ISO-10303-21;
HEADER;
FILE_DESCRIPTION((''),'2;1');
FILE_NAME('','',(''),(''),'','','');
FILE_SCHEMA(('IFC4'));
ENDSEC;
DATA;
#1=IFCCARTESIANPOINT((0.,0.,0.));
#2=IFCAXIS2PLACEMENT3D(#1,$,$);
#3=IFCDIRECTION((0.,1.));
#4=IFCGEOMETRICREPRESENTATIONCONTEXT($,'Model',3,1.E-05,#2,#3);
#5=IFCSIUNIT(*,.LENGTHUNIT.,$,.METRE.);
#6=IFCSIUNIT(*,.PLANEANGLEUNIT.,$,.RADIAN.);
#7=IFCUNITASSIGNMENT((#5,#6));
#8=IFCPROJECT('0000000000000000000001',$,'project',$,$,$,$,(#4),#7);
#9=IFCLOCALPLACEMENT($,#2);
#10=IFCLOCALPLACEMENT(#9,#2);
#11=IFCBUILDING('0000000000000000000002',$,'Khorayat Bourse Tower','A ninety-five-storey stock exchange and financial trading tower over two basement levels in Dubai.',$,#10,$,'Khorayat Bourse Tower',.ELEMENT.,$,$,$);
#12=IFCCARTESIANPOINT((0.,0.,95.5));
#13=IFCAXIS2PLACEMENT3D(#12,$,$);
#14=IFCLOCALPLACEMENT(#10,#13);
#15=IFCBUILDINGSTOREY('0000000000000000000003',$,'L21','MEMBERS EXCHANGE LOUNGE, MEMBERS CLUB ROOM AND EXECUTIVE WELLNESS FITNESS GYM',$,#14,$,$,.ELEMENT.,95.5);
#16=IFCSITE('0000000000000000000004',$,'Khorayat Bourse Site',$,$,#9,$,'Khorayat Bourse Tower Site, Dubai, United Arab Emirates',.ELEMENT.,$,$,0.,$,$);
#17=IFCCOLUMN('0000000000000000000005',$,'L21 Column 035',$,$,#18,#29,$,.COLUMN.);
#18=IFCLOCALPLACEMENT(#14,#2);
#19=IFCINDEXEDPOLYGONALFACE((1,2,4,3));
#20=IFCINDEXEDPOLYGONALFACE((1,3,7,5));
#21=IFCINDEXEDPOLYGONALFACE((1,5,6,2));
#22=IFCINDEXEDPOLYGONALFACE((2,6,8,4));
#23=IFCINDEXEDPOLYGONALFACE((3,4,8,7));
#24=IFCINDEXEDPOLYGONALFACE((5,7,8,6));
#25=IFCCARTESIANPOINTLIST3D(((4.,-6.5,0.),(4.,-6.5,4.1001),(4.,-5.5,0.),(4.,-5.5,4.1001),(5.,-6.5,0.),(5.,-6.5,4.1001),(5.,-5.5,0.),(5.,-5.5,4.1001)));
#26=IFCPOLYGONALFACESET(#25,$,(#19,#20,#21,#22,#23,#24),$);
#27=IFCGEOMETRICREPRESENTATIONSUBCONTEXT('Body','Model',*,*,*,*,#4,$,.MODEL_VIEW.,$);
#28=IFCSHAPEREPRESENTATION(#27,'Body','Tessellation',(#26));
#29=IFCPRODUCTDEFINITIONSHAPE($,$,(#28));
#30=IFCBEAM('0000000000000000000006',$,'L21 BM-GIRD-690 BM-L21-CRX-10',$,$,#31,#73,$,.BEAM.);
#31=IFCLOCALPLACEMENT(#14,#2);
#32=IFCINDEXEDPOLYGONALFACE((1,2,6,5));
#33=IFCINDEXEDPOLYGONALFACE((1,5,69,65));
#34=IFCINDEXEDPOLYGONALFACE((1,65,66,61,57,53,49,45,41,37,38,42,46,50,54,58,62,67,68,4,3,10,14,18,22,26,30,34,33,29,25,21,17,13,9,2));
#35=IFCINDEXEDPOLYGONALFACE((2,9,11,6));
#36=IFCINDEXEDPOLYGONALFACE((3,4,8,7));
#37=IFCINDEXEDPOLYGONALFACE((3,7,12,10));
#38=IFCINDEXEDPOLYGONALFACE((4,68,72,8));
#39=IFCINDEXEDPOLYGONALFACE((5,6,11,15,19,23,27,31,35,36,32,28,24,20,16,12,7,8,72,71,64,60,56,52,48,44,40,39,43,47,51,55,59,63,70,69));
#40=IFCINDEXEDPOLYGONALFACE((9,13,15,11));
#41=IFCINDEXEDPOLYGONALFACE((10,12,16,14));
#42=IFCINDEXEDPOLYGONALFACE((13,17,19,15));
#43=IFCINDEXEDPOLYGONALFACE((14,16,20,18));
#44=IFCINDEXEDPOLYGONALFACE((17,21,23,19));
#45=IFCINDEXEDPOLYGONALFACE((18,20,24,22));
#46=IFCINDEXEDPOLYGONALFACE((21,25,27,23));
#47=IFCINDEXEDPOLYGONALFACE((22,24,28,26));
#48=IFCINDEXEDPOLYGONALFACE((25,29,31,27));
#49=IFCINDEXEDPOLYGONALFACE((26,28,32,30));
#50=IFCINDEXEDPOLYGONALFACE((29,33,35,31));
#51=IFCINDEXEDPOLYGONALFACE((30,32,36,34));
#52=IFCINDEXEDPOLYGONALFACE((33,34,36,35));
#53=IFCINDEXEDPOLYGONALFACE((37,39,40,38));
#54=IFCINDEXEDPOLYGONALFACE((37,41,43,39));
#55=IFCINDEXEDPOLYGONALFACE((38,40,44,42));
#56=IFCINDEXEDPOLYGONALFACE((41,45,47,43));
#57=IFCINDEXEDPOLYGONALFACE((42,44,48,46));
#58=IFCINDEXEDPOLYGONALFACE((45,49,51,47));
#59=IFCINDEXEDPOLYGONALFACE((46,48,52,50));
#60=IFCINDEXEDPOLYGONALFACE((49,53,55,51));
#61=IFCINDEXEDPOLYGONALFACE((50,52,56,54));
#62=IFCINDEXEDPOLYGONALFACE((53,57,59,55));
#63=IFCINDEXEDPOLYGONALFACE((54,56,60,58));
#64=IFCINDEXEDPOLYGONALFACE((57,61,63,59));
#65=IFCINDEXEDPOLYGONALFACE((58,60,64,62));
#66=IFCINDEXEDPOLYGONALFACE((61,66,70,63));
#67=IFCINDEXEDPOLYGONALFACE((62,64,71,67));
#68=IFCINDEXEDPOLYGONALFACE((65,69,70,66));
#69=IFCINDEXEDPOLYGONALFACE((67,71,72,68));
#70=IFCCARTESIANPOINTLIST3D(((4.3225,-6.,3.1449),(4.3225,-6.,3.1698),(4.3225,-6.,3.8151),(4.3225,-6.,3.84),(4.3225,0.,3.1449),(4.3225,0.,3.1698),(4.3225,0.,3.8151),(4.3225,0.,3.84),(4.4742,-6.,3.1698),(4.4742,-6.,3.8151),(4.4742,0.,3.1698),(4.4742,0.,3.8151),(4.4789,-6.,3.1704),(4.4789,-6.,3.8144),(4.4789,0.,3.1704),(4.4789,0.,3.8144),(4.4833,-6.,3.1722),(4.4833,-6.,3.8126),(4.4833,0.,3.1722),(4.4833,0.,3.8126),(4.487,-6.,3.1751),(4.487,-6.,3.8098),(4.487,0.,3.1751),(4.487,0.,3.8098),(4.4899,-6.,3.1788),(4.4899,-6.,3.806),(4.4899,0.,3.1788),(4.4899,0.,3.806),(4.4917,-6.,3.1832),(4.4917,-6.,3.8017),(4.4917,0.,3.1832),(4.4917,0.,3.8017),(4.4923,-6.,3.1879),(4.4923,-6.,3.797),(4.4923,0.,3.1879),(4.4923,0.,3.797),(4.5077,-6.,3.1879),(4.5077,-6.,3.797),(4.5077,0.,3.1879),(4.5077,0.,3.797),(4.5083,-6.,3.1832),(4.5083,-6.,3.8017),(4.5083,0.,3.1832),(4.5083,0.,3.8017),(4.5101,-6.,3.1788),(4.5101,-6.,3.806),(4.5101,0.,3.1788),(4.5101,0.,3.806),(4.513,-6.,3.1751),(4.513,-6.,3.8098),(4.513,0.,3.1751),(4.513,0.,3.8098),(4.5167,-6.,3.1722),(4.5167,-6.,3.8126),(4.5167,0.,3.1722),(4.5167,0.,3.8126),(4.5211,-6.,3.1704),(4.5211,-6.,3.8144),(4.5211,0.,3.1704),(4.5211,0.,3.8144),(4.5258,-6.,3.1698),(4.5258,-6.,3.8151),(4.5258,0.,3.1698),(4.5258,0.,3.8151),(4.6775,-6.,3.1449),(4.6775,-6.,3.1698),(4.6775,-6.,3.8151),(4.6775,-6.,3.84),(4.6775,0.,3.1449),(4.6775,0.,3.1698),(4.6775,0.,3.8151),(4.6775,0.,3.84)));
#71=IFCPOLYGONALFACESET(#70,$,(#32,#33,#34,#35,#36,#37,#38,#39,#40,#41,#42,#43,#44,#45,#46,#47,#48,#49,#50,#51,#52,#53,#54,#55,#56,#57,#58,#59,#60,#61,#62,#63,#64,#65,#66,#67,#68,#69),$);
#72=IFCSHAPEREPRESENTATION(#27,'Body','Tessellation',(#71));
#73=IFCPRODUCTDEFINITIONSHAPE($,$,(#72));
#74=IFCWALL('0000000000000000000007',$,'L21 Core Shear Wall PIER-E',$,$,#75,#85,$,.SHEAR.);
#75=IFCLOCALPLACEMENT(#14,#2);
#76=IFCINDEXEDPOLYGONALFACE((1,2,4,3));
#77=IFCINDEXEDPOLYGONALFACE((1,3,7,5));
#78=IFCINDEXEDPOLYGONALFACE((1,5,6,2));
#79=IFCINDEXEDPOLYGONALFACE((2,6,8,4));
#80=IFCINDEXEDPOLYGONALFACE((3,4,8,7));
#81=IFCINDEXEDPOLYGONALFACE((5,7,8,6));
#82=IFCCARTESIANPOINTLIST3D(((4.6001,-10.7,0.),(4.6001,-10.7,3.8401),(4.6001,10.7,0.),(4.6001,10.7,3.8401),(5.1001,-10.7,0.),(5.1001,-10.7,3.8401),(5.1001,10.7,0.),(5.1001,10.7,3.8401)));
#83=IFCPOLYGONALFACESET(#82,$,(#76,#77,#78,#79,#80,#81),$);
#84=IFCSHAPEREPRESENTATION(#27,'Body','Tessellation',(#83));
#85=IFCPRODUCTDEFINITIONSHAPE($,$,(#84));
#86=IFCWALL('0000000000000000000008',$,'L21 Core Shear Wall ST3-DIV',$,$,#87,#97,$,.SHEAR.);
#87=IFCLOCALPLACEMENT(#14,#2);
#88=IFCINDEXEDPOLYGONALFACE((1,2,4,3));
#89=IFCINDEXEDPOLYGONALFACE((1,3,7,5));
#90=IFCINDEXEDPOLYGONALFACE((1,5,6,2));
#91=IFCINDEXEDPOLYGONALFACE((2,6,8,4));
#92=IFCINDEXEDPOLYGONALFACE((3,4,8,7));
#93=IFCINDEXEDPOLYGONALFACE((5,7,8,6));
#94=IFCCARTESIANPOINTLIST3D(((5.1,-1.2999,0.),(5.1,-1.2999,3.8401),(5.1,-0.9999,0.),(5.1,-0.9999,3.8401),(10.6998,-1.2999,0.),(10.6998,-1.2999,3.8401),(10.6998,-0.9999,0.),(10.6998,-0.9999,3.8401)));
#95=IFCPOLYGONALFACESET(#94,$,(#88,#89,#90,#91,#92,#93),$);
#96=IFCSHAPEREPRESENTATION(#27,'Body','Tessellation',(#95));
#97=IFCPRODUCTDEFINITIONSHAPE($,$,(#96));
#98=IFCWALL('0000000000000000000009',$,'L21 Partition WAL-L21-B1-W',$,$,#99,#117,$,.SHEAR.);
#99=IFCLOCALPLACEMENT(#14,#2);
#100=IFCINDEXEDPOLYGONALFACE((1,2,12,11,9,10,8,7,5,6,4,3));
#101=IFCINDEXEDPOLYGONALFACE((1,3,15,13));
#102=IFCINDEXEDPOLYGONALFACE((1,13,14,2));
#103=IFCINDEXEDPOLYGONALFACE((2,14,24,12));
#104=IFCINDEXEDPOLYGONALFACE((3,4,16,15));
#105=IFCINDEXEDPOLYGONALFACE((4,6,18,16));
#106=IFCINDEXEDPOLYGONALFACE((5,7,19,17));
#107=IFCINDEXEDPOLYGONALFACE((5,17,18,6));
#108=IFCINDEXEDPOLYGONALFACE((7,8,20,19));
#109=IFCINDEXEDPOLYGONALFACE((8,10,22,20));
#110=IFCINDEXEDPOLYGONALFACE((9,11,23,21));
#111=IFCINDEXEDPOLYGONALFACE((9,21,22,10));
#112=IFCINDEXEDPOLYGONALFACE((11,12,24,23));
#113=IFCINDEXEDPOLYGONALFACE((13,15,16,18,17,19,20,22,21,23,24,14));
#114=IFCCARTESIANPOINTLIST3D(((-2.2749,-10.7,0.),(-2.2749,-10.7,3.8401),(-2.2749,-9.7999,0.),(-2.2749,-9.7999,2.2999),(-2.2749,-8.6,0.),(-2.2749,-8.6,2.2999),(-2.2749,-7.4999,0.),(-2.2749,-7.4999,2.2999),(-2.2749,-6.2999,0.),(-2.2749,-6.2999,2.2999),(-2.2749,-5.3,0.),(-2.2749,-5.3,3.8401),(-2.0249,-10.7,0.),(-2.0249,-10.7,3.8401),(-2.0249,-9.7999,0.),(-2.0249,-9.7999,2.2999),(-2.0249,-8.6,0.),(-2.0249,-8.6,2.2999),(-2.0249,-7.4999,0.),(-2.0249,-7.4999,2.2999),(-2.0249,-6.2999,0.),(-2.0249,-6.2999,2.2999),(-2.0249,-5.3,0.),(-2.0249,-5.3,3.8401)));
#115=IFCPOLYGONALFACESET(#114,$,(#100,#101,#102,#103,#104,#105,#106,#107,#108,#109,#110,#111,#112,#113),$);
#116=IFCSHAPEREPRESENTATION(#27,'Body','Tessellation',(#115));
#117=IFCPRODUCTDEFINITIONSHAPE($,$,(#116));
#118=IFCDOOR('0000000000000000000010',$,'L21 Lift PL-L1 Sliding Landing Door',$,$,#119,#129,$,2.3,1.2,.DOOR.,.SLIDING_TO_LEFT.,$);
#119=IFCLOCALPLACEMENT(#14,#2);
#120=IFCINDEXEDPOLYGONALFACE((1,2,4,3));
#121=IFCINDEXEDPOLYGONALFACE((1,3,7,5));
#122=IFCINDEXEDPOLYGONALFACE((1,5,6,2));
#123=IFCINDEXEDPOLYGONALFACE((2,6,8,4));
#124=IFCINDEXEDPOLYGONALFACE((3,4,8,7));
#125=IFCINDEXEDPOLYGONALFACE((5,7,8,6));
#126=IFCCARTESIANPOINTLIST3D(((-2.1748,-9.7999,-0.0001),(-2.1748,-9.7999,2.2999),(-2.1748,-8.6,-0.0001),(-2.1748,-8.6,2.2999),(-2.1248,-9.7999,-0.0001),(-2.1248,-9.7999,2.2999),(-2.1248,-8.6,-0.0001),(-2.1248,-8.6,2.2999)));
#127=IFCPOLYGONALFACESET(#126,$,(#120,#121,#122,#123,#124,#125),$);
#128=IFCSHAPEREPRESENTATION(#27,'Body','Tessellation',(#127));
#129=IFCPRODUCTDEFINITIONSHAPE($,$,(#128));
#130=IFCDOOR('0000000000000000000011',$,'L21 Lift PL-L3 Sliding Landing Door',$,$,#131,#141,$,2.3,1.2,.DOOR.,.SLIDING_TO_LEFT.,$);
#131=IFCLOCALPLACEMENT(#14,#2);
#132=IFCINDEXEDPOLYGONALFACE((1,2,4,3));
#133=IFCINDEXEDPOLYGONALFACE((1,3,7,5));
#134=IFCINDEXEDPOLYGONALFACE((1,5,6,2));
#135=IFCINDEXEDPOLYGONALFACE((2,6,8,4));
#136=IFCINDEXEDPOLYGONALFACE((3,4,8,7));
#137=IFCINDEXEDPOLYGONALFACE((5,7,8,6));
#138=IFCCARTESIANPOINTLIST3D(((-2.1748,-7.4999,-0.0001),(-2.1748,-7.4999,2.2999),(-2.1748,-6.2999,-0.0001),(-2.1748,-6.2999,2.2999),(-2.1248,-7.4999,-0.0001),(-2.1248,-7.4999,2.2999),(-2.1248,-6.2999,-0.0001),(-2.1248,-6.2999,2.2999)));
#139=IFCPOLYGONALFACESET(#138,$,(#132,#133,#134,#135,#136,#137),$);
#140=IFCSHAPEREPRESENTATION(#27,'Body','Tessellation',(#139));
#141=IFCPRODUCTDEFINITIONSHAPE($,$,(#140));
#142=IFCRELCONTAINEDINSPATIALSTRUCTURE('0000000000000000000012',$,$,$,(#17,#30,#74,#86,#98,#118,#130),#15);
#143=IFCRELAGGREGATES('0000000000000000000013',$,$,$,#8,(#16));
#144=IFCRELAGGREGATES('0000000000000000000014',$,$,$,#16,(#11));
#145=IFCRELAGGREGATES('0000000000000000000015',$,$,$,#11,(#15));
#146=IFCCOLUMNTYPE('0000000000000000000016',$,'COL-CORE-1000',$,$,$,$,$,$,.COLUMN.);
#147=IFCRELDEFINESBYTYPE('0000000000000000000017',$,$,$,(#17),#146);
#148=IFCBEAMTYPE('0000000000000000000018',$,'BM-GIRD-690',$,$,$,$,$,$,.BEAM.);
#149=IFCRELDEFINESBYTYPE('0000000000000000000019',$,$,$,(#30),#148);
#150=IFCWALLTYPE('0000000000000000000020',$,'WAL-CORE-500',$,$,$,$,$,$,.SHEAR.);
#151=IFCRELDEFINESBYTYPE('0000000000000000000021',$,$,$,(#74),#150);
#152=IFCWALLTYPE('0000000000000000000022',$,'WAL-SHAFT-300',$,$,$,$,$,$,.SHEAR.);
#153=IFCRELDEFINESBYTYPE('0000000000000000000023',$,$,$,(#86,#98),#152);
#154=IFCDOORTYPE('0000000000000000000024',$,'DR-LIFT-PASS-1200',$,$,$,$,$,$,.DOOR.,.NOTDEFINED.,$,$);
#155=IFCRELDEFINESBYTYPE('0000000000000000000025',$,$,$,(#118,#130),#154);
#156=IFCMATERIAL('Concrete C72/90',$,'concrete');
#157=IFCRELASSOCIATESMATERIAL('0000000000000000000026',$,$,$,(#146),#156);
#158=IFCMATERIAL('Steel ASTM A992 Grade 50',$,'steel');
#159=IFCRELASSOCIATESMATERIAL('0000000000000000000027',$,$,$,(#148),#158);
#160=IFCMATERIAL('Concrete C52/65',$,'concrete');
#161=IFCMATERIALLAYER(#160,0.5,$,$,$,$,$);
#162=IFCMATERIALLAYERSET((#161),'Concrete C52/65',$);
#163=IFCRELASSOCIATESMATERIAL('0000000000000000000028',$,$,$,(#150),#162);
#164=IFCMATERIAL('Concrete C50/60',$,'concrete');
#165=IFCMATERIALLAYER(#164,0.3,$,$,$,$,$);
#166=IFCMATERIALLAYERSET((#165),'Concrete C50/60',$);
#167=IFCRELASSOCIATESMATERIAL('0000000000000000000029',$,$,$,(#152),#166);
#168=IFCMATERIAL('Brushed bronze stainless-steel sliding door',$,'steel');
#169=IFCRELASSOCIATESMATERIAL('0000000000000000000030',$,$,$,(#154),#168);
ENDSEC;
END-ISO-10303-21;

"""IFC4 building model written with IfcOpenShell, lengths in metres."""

from ifc_helpers import new_model, si_unit, direction, frame, frame_2d, origin, origin_2d, place, context, subcontext, project, spatial, rectangle, i_section, extrude, source, transform, mapped, material, layer, layer_set, material_profile, profile_set, type_object, element, fill, save


model = new_model("IFC4")

# Units and contexts
model_context = context("Model", 3, precision=1e-05, world=origin(), true_north=direction((0.0, 1.0)))
body_context = subcontext(model_context, "Body", "Model", "MODEL_VIEW")
ifc_project = project(units=[si_unit("LENGTHUNIT", "METRE"), si_unit("PLANEANGLEUNIT", "RADIAN")], contexts=[model_context])

# Site, building, storey
site_placement = place(None, origin())
site = spatial("IfcSite", under=ifc_project, at=site_placement, Name="Khorayat Bourse Site", LongName="Khorayat Bourse Tower Site, Dubai, United Arab Emirates", CompositionType="ELEMENT", RefElevation=0.0)
building_placement = place(site_placement, origin())
building = spatial("IfcBuilding", under=site, at=building_placement, Name="Khorayat Bourse Tower", Description="A ninety-five-storey stock exchange and financial trading tower over two basement levels in Dubai.", LongName="Khorayat Bourse Tower", CompositionType="ELEMENT")
storey_placement = place(building_placement, frame((0.0, 0.0, 95.5)))
storey = spatial("IfcBuildingStorey", under=building, at=storey_placement, Name="L21", Description="MEMBERS EXCHANGE LOUNGE, MEMBERS CLUB ROOM AND EXECUTIVE WELLNESS FITNESS GYM", CompositionType="ELEMENT", Elevation=95.5)

# Column
ifc_material_1 = material(Name="Concrete C72/90", Category="concrete")
ifc_material_profile_1 = material_profile(ifc_material_1, rectangle(XDim=1.0, YDim=1.0, at=origin_2d()), Name="RC 1000x1000")
ifc_profile_set_1 = profile_set([ifc_material_profile_1], Name="Concrete C72/90")
column_type = type_object("IfcColumnType", Name="COL-CORE-1000", PredefinedType="COLUMN", material=ifc_profile_set_1)
shared_shape_1 = source(origin(), body_context, "Body", "SweptSolid", [
    extrude(rectangle(XDim=1.0, YDim=1.0, at=origin_2d()), origin(), (0.0, 0.0, 1.0), 4.1001),
])
column_placement = place(storey_placement, frame((4.5, -6.0, 0.0), z_axis=(0.0, 0.0, 1.0), x_axis=(1.0, 0.0, 0.0)))
element("IfcColumn", 1, at=column_placement, inside=storey, type_object=column_type, Name="L21 Column 035", PredefinedType="COLUMN", context=body_context, shape_type="MappedRepresentation", body=[
    mapped(shared_shape_1, transform((0.0, 0.0, 0.0), scale=1.0)),
])

# Beam
ifc_material_2 = material(Name="Steel ASTM A992 Grade 50", Category="steel")
ifc_material_profile_2 = material_profile(ifc_material_2, i_section(OverallWidth=0.355, OverallDepth=0.6951, WebThickness=0.0154, FlangeThickness=0.0249, FilletRadius=0.0181, at=origin_2d()), Name="W690X217")
ifc_profile_set_2 = profile_set([ifc_material_profile_2], Name="Steel ASTM A992 Grade 50")
beam_type = type_object("IfcBeamType", Name="BM-GIRD-690", PredefinedType="BEAM", material=ifc_profile_set_2)
shared_shape_2 = source(origin(), body_context, "Body", "SweptSolid", [
    extrude(i_section(OverallWidth=0.355, OverallDepth=0.6951, WebThickness=0.0154, FlangeThickness=0.0249, FilletRadius=0.0181, at=origin_2d()), origin(), (0.0, 0.0, 1.0), 6.0),
])
beam_placement = place(storey_placement, frame((4.5, -6.0, 3.4924), z_axis=(0.0, 1.0, 0.0), x_axis=(-1.0, 0.0, 0.0)))
element("IfcBeam", 2, at=beam_placement, inside=storey, type_object=beam_type, Name="L21 BM-GIRD-690 BM-L21-CRX-10", PredefinedType="BEAM", context=body_context, shape_type="MappedRepresentation", body=[
    mapped(shared_shape_2, transform((0.0, 0.0, 0.0), scale=1.0)),
])

# Walls
ifc_material_3 = material(Name="Concrete C52/65", Category="concrete")
ifc_layer_1 = layer(ifc_material_3, 0.5)
ifc_layer_set_1 = layer_set([ifc_layer_1], Name="Concrete C52/65")
wall_type_1 = type_object("IfcWallType", Name="WAL-CORE-500", PredefinedType="SHEAR", material=ifc_layer_set_1)
shared_shape_3 = source(origin(), body_context, "Body", "SweptSolid", [
    extrude(rectangle(XDim=21.3999, YDim=0.5, at=frame_2d((10.7, 0.0))), origin(), (0.0, 0.0, 1.0), 3.8401),
])
wall_1_placement = place(storey_placement, frame((4.8501, -10.7, 0.0), z_axis=(0.0, 0.0, 1.0), x_axis=(0.0, 1.0, 0.0)))
element("IfcWall", 3, at=wall_1_placement, inside=storey, type_object=wall_type_1, Name="L21 Core Shear Wall PIER-E", PredefinedType="SHEAR", context=body_context, shape_type="MappedRepresentation", body=[
    mapped(shared_shape_3, transform((0.0, 0.0, 0.0), scale=1.0)),
])
ifc_material_4 = material(Name="Concrete C50/60", Category="concrete")
ifc_layer_2 = layer(ifc_material_4, 0.3)
ifc_layer_set_2 = layer_set([ifc_layer_2], Name="Concrete C50/60")
wall_type_2 = type_object("IfcWallType", Name="WAL-SHAFT-300", PredefinedType="SHEAR", material=ifc_layer_set_2)
shared_shape_4 = source(origin(), body_context, "Body", "SweptSolid", [
    extrude(rectangle(XDim=5.5999, YDim=0.3, at=frame_2d((2.7998, 0.0))), origin(), (0.0, 0.0, 1.0), 3.8401),
])
wall_2_placement = place(storey_placement, frame((5.1001, -1.1499, 0.0), z_axis=(0.0, 0.0, 1.0), x_axis=(1.0, 0.0, 0.0)))
element("IfcWall", 4, at=wall_2_placement, inside=storey, type_object=wall_type_2, Name="L21 Core Shear Wall ST3-DIV", PredefinedType="SHEAR", context=body_context, shape_type="MappedRepresentation", body=[
    mapped(shared_shape_4, transform((0.0, 0.0, 0.0), scale=1.0)),
])

# Wall, openings, doors
shared_shape_5 = source(origin(), body_context, "Body", "SweptSolid", [
    extrude(rectangle(XDim=5.3999, YDim=0.25, at=frame_2d((2.7, 0.0))), origin(), (0.0, 0.0, 1.0), 3.8401),
])
wall_3_placement = place(storey_placement, frame((-2.1499, -10.7, 0.0), z_axis=(0.0, 0.0, 1.0), x_axis=(0.0, 1.0, 0.0)))
wall_3 = element("IfcWall", 5, at=wall_3_placement, inside=storey, type_object=wall_type_2, Name="L21 Partition WAL-L21-B1-W", PredefinedType="SHEAR", context=body_context, shape_type="MappedRepresentation", body=[
    mapped(shared_shape_5, transform((0.0, 0.0, 0.0), scale=1.0)),
])
shared_shape_6 = source(origin(), body_context, "Body", "SweptSolid", [
    extrude(rectangle(XDim=1.2, YDim=2.3, at=frame_2d((0.6001, 1.1499))), frame((0.0, 0.135, 0.0), z_axis=(0.0, -1.0, 0.0), x_axis=(1.0, 0.0, 0.0)), (0.0, 0.0, 1.0), 0.27),
])
opening_1_placement = place(wall_3_placement, frame((0.8999, 0.0, 0.0)))
opening_1 = element("IfcOpeningElement", 6, at=opening_1_placement, cuts=wall_3, PredefinedType="OPENING", context=body_context, shape_type="MappedRepresentation", body=[
    mapped(shared_shape_6, transform((0.0, 0.0, 0.0), scale=1.0)),
])
opening_2_placement = place(wall_3_placement, frame((3.2, 0.0, 0.0)))
opening_2 = element("IfcOpeningElement", 7, at=opening_2_placement, cuts=wall_3, PredefinedType="OPENING", context=body_context, shape_type="MappedRepresentation", body=[
    mapped(shared_shape_6, transform((0.0, 0.0, 0.0), scale=1.0)),
])
ifc_material_5 = material(Name="Brushed bronze stainless-steel sliding door", Category="steel")
door_type_1 = type_object("IfcDoorType", Name="DR-LIFT-PASS-1200", OperationType="NOTDEFINED", PredefinedType="DOOR", material=ifc_material_5)
shared_shape_7 = source(origin(), body_context, "Body", "SweptSolid", [
    extrude(rectangle(XDim=1.2, YDim=2.3, at=frame_2d((0.6001, 1.1499))), frame((0.0, 0.0249, 0.0), z_axis=(0.0, -1.0, 0.0), x_axis=(1.0, 0.0, 0.0)), (0.0, 0.0, 1.0), 0.05),
])
door_1_placement = place(opening_1_placement, origin())
door_1 = element("IfcDoor", 8, at=door_1_placement, inside=storey, type_object=door_type_1, Name="L21 Lift PL-L1 Sliding Landing Door", OperationType="SLIDING_TO_LEFT", OverallHeight=2.3, OverallWidth=1.2, PredefinedType="DOOR", context=body_context, shape_type="MappedRepresentation", body=[
    mapped(shared_shape_7, transform((0.0, 0.0, 0.0), scale=1.0)),
])
fill(opening_1, door_1)
door_2_placement = place(opening_2_placement, origin())
door_2 = element("IfcDoor", 9, at=door_2_placement, inside=storey, type_object=door_type_1, Name="L21 Lift PL-L3 Sliding Landing Door", OperationType="SLIDING_TO_LEFT", OverallHeight=2.3, OverallWidth=1.2, PredefinedType="DOOR", context=body_context, shape_type="MappedRepresentation", body=[
    mapped(shared_shape_7, transform((0.0, 0.0, 0.0), scale=1.0)),
])
fill(opening_2, door_2)

save(model, "model.ifc")
